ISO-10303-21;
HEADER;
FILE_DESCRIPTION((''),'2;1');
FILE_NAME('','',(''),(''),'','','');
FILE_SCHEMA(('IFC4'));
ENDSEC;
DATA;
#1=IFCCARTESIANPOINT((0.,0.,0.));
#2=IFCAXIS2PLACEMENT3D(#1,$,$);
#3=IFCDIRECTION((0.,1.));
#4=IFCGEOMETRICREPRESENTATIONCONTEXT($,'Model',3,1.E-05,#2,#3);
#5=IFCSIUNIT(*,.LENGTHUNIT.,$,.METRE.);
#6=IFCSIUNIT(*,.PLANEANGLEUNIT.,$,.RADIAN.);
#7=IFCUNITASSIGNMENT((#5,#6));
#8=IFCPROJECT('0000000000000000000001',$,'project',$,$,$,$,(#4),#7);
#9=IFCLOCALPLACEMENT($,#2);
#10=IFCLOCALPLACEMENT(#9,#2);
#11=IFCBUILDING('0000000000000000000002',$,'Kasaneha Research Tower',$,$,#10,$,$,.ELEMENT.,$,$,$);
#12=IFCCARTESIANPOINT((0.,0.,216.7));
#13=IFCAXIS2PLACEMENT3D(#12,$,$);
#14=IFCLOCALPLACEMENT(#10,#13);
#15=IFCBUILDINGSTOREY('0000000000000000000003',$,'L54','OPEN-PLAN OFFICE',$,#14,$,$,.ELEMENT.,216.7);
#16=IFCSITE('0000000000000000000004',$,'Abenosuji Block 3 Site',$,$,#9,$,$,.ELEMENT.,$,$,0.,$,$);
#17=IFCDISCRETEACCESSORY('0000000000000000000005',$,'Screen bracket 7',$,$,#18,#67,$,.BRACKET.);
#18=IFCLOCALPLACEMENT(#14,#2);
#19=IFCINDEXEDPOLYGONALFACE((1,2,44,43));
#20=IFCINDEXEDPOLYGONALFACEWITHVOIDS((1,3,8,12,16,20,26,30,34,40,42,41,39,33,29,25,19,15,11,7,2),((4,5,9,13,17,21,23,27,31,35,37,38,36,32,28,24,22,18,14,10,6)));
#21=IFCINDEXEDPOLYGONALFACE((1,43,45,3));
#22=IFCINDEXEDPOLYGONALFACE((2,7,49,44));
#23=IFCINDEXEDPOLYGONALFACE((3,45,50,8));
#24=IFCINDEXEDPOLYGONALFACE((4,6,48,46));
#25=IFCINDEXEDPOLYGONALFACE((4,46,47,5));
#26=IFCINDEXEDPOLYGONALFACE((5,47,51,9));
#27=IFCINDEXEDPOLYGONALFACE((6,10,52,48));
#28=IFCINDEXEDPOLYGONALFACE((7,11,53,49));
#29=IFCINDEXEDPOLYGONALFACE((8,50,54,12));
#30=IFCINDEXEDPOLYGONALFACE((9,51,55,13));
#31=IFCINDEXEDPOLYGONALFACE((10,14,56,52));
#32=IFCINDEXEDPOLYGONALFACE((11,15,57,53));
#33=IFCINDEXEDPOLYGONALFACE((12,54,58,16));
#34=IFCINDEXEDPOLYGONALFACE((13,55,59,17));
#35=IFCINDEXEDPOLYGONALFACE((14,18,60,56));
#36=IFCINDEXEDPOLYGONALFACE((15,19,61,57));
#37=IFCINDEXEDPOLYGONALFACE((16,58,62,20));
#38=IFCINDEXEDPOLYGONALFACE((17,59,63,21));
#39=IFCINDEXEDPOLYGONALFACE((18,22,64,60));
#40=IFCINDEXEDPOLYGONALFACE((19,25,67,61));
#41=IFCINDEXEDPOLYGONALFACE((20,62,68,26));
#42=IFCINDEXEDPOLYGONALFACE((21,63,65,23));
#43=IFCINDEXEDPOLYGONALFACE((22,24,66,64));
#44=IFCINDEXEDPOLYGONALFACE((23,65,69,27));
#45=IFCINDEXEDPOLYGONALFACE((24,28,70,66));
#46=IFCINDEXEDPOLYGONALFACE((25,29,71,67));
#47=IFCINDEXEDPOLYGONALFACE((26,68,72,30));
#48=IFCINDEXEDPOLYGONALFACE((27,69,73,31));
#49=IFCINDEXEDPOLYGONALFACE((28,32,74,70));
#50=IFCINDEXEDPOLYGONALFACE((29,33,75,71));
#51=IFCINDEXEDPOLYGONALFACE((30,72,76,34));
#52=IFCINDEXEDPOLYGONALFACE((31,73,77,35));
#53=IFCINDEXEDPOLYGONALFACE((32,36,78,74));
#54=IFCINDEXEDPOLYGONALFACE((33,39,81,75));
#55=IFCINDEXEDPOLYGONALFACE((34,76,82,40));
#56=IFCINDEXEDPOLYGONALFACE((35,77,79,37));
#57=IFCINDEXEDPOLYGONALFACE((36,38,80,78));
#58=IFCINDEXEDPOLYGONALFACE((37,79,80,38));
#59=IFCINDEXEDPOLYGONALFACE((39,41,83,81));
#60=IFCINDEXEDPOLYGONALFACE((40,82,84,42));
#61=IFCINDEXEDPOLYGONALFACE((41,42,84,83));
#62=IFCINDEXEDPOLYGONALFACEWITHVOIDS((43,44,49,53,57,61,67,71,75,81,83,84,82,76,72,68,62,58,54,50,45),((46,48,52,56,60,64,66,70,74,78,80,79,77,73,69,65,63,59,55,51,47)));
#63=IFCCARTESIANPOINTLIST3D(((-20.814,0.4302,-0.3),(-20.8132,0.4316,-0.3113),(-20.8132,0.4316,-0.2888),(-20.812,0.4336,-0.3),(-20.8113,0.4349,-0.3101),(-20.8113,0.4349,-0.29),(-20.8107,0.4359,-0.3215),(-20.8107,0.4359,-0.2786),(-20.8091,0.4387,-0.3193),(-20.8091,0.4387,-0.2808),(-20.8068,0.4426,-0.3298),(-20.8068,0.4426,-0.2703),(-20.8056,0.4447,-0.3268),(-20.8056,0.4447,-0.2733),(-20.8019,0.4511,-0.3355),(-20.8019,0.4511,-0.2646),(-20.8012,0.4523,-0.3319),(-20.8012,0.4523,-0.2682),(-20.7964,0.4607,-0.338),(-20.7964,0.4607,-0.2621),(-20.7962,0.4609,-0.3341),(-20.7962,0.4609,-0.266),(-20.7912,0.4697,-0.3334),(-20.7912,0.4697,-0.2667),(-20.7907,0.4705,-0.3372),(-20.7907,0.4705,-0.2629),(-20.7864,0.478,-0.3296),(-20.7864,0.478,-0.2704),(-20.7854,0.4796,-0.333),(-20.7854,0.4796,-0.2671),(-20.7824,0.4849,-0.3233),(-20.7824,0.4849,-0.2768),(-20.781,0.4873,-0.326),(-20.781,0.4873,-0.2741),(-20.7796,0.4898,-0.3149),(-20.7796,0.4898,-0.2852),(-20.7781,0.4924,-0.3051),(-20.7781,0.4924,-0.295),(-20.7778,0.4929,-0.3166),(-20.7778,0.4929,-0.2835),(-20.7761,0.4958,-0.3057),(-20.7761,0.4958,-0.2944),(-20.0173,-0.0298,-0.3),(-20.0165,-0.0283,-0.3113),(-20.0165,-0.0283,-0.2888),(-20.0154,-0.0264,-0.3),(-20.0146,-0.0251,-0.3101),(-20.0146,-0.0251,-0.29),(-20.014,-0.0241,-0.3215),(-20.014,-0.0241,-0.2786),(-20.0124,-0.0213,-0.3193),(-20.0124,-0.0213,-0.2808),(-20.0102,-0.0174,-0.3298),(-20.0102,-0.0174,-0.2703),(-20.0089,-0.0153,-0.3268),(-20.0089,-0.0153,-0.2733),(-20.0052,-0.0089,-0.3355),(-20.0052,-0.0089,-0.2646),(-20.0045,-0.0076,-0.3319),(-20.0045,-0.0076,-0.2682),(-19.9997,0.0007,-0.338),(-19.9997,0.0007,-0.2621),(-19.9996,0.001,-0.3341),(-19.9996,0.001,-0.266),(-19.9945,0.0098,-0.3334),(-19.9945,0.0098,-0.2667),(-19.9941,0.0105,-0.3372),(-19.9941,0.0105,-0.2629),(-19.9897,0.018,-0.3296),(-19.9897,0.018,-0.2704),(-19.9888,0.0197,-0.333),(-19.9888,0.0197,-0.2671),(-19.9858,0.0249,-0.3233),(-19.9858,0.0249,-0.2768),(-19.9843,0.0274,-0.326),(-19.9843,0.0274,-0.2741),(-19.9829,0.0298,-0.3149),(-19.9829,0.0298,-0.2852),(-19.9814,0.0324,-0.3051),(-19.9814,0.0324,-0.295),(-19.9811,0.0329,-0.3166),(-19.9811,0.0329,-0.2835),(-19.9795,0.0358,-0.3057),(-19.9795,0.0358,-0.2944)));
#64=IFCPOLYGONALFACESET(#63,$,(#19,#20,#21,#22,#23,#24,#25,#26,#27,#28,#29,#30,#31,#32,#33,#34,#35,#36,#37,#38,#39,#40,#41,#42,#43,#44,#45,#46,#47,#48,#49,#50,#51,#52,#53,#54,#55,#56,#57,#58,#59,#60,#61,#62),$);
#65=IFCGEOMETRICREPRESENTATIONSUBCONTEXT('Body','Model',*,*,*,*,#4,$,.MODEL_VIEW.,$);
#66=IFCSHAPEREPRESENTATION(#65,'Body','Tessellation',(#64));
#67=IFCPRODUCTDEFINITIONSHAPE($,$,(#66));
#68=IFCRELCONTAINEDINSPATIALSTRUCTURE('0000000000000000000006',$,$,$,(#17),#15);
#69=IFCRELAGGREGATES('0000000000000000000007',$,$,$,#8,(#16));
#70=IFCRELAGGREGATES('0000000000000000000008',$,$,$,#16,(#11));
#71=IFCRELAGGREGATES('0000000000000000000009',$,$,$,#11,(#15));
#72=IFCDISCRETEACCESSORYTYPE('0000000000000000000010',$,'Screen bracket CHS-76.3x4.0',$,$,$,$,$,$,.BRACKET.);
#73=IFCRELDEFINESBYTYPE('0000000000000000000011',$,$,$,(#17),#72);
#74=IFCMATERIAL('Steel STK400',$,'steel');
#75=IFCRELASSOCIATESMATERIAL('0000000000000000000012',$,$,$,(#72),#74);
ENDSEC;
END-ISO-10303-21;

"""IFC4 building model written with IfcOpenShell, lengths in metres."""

from ifc_helpers import new_model, si_unit, direction, frame, origin, origin_2d, place, context, subcontext, project, spatial, hollow_circle, extrude, material, material_profile, profile_set, type_object, element, save


model = new_model("IFC4")

# Units and contexts
model_context = context("Model", 3, precision=1e-05, world=origin(), true_north=direction((0.0, 1.0)))
body_context = subcontext(model_context, "Body", "Model", "MODEL_VIEW")
ifc_project = project(units=[si_unit("LENGTHUNIT", "METRE"), si_unit("PLANEANGLEUNIT", "RADIAN")], contexts=[model_context])

# Site, building, storey
site_placement = place(None, origin())
site = spatial("IfcSite", under=ifc_project, at=site_placement, Name="Abenosuji Block 3 Site", CompositionType="ELEMENT", RefElevation=0.0)
building_placement = place(site_placement, origin())
building = spatial("IfcBuilding", under=site, at=building_placement, Name="Kasaneha Research Tower", CompositionType="ELEMENT")
storey_placement = place(building_placement, frame((0.0, 0.0, 216.7)))
storey = spatial("IfcBuildingStorey", under=building, at=storey_placement, Name="L54", Description="OPEN-PLAN OFFICE", CompositionType="ELEMENT", Elevation=216.7)

# Discrete accessory
ifc_material_1 = material(Name="Steel STK400", Category="steel")
ifc_material_profile_1 = material_profile(ifc_material_1, hollow_circle(Radius=0.0381, WallThickness=0.0039, at=origin_2d()), Name="CHS-76.3x4.0")
ifc_profile_set_1 = profile_set([ifc_material_profile_1], Name="Steel STK400")
discrete_accessory_type = type_object("IfcDiscreteAccessoryType", Name="Screen bracket CHS-76.3x4.0", PredefinedType="BRACKET", material=ifc_profile_set_1)
discrete_accessory_1_placement = place(storey_placement, frame((-19.9983, 0.0032, -0.3), z_axis=(-0.866013, 0.500021, 0.0), x_axis=(-0.500021, -0.866013, 0.0)))
element("IfcDiscreteAccessory", 1, at=discrete_accessory_1_placement, inside=storey, type_object=discrete_accessory_type, Name="Screen bracket 7", PredefinedType="BRACKET", context=body_context, shape_type="SweptSolid", body=[
    extrude(hollow_circle(Radius=0.0381, WallThickness=0.0039, at=origin_2d()), origin(), (0.0, 0.0, 1.0), 0.9199),
])

save(model, "model.ifc")
